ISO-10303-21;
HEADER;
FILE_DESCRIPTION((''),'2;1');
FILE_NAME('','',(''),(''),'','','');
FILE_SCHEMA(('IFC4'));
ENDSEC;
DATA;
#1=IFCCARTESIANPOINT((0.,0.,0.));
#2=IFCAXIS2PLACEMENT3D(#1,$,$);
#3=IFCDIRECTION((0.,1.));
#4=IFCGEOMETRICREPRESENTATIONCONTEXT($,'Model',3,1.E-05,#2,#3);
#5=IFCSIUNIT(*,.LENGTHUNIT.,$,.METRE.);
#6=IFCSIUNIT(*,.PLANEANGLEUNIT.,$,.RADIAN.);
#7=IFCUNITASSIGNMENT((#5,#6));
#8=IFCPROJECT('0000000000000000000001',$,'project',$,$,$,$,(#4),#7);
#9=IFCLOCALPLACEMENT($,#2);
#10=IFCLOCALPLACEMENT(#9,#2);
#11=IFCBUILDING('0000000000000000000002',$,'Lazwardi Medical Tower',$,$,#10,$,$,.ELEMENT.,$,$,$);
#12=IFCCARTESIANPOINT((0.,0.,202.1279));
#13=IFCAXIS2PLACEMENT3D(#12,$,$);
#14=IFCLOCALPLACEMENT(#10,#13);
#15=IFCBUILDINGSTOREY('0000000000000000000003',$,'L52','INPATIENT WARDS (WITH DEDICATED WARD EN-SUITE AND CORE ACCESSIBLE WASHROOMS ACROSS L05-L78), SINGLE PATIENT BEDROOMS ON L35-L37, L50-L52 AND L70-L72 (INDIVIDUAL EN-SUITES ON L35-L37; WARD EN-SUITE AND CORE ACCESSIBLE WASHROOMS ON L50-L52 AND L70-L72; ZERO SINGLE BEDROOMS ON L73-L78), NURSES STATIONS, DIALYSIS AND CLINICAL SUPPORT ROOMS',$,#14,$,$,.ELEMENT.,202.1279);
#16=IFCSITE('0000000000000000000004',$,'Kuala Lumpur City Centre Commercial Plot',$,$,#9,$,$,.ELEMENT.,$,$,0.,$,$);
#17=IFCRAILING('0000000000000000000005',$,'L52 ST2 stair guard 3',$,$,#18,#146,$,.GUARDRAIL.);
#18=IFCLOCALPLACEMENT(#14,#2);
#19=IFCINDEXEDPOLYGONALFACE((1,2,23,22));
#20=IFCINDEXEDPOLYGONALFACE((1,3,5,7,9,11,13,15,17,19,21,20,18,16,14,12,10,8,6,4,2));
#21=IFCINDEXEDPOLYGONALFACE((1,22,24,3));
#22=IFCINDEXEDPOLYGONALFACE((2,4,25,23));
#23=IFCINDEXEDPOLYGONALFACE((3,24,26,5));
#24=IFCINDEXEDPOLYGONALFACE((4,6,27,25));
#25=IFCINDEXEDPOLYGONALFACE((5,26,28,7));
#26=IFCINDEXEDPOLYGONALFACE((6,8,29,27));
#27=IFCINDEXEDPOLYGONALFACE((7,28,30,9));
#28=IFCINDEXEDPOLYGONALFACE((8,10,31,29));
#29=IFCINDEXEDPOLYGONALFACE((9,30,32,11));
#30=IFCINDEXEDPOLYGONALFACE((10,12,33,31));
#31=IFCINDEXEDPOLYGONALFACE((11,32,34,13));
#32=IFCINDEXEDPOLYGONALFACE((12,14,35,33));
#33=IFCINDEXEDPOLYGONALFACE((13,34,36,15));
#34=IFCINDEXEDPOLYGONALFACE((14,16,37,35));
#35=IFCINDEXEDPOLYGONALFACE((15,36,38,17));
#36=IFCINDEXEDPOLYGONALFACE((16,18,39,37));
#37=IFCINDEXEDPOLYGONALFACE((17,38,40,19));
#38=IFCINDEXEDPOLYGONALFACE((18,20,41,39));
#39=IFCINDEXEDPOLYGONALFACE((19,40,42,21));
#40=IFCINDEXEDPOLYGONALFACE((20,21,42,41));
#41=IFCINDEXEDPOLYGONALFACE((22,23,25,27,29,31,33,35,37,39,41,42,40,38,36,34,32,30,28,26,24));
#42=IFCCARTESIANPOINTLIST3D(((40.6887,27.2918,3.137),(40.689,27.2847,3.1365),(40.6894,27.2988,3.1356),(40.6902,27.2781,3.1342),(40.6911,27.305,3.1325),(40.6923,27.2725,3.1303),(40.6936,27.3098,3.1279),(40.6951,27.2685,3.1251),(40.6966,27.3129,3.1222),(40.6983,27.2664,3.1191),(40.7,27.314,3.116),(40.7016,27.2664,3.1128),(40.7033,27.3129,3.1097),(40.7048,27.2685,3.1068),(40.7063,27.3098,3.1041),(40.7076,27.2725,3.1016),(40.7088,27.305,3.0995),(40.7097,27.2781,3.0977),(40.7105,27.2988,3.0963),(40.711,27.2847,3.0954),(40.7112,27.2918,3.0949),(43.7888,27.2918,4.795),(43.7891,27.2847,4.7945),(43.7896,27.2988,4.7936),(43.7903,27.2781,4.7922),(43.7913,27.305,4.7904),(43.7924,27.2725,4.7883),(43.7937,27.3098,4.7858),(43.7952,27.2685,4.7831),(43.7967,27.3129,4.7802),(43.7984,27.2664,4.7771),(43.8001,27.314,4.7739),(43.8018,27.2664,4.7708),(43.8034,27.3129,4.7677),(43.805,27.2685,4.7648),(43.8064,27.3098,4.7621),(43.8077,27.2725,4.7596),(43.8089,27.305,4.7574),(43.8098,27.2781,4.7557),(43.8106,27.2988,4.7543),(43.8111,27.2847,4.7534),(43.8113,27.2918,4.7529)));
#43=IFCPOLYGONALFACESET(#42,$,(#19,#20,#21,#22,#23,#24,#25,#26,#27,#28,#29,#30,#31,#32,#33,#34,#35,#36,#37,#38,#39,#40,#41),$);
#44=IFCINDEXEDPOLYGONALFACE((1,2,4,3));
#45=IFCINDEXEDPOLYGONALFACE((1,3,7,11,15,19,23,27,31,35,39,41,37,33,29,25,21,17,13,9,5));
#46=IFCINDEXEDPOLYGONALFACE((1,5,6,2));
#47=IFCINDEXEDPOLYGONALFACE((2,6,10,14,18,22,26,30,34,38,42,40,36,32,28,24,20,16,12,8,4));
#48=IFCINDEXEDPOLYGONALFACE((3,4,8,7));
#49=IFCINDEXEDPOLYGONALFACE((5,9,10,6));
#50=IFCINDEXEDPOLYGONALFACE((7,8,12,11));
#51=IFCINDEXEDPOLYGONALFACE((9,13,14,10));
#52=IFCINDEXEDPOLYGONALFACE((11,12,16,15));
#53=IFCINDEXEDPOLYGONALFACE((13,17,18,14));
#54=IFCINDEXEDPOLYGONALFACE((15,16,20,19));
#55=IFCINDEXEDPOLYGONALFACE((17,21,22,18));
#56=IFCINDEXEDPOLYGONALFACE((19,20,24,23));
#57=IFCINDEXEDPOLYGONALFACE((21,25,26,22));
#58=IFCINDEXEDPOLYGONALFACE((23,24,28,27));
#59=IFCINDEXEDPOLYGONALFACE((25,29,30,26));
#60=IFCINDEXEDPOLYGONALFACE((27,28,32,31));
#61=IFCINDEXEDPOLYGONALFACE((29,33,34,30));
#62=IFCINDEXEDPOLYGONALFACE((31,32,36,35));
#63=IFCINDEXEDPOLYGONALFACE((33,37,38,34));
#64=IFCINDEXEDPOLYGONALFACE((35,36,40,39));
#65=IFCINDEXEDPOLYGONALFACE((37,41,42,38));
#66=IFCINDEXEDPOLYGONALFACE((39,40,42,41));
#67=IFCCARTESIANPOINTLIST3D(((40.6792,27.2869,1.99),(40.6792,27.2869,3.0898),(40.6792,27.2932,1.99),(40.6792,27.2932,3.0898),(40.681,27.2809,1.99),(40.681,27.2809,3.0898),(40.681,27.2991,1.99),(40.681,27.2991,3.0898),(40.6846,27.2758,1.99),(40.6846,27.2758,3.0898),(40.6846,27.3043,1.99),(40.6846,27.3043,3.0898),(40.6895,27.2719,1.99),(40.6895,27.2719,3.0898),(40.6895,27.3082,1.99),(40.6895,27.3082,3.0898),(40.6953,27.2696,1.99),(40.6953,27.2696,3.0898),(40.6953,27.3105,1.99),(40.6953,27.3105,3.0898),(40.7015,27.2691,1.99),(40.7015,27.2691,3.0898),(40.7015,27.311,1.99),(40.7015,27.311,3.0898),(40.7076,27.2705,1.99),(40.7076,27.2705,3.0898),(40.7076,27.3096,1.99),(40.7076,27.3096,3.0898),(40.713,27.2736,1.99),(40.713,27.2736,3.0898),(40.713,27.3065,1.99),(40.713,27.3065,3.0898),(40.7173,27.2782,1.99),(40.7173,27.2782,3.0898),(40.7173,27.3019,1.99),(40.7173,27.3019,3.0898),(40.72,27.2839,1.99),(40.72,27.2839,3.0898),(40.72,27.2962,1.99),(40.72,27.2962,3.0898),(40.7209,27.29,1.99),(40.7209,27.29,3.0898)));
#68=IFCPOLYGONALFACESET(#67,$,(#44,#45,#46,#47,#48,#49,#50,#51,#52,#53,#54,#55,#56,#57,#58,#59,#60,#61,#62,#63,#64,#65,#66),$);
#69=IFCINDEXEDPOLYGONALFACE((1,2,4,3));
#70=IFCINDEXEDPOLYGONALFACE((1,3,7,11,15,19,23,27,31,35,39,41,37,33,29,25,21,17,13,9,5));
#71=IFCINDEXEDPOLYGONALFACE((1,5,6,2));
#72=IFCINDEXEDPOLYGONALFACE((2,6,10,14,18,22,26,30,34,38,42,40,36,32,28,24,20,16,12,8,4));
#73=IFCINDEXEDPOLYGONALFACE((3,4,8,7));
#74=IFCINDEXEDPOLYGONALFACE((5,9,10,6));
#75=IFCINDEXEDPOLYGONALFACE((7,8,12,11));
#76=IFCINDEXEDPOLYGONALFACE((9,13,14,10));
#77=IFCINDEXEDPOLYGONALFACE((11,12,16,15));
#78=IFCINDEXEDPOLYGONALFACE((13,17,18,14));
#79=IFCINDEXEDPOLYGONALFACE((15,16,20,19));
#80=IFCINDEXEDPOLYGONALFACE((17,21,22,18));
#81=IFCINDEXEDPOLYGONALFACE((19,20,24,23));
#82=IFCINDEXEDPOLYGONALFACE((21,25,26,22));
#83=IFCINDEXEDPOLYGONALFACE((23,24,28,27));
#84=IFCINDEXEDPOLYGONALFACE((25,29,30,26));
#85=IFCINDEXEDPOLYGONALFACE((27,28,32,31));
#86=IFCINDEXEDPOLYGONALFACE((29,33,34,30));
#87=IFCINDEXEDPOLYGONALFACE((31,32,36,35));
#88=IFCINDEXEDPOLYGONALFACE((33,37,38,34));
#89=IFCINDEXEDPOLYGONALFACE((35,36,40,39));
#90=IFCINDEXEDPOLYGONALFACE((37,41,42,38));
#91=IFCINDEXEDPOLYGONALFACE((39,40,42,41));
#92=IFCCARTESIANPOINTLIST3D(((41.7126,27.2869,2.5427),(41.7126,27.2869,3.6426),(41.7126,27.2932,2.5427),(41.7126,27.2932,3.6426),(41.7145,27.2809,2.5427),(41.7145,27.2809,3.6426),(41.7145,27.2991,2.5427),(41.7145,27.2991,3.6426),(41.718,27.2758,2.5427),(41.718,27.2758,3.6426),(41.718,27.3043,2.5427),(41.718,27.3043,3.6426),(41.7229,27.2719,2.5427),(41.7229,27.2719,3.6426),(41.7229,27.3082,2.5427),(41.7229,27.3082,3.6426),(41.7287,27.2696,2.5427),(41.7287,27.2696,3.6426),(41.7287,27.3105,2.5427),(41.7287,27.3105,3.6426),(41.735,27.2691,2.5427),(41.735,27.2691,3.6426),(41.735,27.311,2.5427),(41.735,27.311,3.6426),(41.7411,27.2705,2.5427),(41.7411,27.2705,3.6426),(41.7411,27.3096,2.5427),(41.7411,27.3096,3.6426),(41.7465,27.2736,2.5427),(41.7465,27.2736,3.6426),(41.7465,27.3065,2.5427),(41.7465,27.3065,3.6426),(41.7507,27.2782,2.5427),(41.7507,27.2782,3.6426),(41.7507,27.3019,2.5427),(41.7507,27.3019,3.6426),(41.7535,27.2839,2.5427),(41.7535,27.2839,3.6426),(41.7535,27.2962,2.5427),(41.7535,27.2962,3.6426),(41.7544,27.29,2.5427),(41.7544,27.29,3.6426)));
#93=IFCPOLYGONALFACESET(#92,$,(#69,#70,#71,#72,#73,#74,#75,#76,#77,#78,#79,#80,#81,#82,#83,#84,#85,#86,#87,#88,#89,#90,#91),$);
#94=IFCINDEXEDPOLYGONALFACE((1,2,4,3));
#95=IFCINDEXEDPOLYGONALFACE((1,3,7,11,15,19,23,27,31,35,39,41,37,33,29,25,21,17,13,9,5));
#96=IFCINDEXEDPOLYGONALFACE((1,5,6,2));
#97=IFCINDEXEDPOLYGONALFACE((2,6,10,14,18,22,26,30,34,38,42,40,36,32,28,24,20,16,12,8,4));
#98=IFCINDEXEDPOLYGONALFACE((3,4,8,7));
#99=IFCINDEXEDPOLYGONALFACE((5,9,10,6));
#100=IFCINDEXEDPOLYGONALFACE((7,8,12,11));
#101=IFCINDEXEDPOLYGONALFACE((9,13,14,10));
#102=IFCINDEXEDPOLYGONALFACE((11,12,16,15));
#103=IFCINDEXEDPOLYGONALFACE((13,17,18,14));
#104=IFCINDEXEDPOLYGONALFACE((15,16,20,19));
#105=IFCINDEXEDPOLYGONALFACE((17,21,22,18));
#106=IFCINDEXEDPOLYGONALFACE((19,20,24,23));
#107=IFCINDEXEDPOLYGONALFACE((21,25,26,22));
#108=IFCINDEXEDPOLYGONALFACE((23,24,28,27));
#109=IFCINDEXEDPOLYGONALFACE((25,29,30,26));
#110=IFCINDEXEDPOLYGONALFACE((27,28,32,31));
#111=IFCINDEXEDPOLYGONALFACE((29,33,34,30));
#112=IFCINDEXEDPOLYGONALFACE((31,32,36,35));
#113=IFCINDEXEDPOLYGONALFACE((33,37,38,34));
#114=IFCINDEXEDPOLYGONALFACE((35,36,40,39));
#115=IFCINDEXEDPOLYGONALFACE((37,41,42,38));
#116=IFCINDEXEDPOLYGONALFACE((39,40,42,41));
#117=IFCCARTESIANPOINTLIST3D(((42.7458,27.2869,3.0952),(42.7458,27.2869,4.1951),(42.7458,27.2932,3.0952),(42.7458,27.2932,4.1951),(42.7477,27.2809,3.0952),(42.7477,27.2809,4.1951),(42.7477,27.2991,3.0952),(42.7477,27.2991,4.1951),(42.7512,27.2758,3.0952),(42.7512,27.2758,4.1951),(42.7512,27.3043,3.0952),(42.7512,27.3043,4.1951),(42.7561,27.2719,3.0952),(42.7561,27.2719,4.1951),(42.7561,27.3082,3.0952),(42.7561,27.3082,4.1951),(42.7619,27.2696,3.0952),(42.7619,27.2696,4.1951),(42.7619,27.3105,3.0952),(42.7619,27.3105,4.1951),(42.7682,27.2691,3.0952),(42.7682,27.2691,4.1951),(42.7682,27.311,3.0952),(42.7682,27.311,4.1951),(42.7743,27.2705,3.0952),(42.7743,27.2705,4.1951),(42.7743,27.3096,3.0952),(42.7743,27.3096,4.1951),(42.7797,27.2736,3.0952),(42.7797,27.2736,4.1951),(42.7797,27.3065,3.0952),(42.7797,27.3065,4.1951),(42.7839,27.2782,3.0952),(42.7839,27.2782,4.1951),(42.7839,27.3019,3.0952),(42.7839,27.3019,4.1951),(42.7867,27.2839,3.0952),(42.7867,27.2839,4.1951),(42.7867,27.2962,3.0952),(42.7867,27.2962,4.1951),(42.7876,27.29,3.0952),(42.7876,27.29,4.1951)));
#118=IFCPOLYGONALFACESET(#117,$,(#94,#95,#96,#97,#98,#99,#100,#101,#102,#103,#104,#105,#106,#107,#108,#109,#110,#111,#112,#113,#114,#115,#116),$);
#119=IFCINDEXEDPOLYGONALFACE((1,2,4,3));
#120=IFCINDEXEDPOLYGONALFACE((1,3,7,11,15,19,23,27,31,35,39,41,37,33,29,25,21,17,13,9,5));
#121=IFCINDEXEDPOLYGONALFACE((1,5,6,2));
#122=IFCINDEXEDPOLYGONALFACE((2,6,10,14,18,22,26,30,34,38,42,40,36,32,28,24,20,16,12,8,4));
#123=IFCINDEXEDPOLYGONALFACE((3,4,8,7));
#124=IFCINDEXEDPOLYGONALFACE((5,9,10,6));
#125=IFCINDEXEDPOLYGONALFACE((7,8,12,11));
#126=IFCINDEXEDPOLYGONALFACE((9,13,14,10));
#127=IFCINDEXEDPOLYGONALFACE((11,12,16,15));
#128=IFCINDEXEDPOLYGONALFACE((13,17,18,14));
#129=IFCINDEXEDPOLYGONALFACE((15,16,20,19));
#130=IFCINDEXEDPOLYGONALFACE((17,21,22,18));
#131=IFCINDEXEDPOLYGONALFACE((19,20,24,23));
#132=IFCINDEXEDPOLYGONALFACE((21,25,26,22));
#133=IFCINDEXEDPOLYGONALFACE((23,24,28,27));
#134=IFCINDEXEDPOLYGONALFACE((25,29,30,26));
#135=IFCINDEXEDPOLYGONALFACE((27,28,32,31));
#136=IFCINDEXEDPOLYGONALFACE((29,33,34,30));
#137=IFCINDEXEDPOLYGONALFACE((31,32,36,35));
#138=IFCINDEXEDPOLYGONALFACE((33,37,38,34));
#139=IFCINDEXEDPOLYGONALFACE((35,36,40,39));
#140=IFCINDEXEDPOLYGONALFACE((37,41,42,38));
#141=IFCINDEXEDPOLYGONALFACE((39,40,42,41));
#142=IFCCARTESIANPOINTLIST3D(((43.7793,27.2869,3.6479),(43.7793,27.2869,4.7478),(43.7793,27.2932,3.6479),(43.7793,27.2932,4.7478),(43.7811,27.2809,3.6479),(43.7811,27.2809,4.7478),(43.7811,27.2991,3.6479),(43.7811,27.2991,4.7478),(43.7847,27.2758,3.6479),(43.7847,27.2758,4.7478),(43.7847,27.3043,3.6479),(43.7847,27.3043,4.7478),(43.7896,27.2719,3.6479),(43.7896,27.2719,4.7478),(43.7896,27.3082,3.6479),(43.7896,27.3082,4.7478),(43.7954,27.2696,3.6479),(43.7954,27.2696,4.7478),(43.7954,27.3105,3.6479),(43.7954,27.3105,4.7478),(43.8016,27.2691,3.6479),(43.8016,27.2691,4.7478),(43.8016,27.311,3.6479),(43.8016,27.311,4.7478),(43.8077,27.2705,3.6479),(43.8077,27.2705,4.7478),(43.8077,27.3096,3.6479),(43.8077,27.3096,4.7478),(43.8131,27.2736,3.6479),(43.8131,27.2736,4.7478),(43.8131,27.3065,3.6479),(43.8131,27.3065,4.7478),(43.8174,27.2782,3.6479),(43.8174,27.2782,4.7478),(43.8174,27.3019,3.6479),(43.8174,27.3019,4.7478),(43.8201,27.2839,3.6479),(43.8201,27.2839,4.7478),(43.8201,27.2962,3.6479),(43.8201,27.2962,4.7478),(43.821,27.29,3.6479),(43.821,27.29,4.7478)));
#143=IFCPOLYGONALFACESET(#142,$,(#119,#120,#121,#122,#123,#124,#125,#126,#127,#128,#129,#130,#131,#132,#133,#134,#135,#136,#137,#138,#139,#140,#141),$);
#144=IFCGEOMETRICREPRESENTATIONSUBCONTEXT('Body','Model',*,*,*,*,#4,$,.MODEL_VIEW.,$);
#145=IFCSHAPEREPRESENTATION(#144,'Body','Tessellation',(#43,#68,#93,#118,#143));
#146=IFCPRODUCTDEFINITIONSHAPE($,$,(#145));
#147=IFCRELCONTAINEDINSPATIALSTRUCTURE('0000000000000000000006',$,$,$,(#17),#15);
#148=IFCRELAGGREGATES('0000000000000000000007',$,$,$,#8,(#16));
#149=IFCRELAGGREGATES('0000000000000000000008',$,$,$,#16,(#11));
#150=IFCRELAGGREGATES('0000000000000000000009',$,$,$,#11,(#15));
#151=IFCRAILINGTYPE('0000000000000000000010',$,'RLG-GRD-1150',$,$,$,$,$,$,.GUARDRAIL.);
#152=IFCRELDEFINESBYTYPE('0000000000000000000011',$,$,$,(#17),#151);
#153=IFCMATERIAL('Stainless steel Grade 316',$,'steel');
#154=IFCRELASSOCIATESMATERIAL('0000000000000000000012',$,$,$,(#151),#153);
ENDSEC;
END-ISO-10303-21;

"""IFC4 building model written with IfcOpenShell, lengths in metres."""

from ifc_helpers import new_model, si_unit, direction, frame, origin, origin_2d, place, context, subcontext, project, spatial, circle, extrude, material, type_object, element, save


model = new_model("IFC4")

# Units and contexts
model_context = context("Model", 3, precision=1e-05, world=origin(), true_north=direction((0.0, 1.0)))
body_context = subcontext(model_context, "Body", "Model", "MODEL_VIEW")
ifc_project = project(units=[si_unit("LENGTHUNIT", "METRE"), si_unit("PLANEANGLEUNIT", "RADIAN")], contexts=[model_context])

# Site, building, storey
site_placement = place(None, origin())
site = spatial("IfcSite", under=ifc_project, at=site_placement, Name="Kuala Lumpur City Centre Commercial Plot", CompositionType="ELEMENT", RefElevation=0.0)
building_placement = place(site_placement, origin())
building = spatial("IfcBuilding", under=site, at=building_placement, Name="Lazwardi Medical Tower", CompositionType="ELEMENT")
storey_placement = place(building_placement, frame((0.0, 0.0, 202.1279)))
storey = spatial("IfcBuildingStorey", under=building, at=storey_placement, Name="L52", Description="INPATIENT WARDS (WITH DEDICATED WARD EN-SUITE AND CORE ACCESSIBLE WASHROOMS ACROSS L05-L78), SINGLE PATIENT BEDROOMS ON L35-L37, L50-L52 AND L70-L72 (INDIVIDUAL EN-SUITES ON L35-L37; WARD EN-SUITE AND CORE ACCESSIBLE WASHROOMS ON L50-L52 AND L70-L72; ZERO SINGLE BEDROOMS ON L73-L78), NURSES STATIONS, DIALYSIS AND CLINICAL SUPPORT ROOMS", CompositionType="ELEMENT", Elevation=202.1279)

# Railing
ifc_material_1 = material(Name="Stainless steel Grade 316", Category="steel")
railing_type_1 = type_object("IfcRailingType", Name="RLG-GRD-1150", PredefinedType="GUARDRAIL", material=ifc_material_1)
railing_1_placement = place(storey_placement, frame((40.7, 27.29, 1.99)))
element("IfcRailing", 1, at=railing_1_placement, inside=storey, type_object=railing_type_1, Name="L52 ST2 stair guard 3", PredefinedType="GUARDRAIL", context=body_context, shape_type="SweptSolid", body=[
    extrude(circle(Radius=0.0239, at=origin_2d()), frame((0.0, 0.0, 1.126), z_axis=(0.881812, 0.0, 0.471601), x_axis=(0.0, 1.0, 0.0)), (0.0, 0.0, 1.0), 3.5156),
    extrude(circle(Radius=0.021, at=origin_2d()), origin(), (0.0, 0.0, 1.0), 1.0999),
    extrude(circle(Radius=0.021, at=origin_2d()), frame((1.0334, 0.0, 0.5527)), (0.0, 0.0, 1.0), 1.0999),
    extrude(circle(Radius=0.021, at=origin_2d()), frame((2.0667, 0.0, 1.1052)), (0.0, 0.0, 1.0), 1.0999),
    extrude(circle(Radius=0.021, at=origin_2d()), frame((3.1001, 0.0, 1.658)), (0.0, 0.0, 1.0), 1.0999),
])

save(model, "model.ifc")
